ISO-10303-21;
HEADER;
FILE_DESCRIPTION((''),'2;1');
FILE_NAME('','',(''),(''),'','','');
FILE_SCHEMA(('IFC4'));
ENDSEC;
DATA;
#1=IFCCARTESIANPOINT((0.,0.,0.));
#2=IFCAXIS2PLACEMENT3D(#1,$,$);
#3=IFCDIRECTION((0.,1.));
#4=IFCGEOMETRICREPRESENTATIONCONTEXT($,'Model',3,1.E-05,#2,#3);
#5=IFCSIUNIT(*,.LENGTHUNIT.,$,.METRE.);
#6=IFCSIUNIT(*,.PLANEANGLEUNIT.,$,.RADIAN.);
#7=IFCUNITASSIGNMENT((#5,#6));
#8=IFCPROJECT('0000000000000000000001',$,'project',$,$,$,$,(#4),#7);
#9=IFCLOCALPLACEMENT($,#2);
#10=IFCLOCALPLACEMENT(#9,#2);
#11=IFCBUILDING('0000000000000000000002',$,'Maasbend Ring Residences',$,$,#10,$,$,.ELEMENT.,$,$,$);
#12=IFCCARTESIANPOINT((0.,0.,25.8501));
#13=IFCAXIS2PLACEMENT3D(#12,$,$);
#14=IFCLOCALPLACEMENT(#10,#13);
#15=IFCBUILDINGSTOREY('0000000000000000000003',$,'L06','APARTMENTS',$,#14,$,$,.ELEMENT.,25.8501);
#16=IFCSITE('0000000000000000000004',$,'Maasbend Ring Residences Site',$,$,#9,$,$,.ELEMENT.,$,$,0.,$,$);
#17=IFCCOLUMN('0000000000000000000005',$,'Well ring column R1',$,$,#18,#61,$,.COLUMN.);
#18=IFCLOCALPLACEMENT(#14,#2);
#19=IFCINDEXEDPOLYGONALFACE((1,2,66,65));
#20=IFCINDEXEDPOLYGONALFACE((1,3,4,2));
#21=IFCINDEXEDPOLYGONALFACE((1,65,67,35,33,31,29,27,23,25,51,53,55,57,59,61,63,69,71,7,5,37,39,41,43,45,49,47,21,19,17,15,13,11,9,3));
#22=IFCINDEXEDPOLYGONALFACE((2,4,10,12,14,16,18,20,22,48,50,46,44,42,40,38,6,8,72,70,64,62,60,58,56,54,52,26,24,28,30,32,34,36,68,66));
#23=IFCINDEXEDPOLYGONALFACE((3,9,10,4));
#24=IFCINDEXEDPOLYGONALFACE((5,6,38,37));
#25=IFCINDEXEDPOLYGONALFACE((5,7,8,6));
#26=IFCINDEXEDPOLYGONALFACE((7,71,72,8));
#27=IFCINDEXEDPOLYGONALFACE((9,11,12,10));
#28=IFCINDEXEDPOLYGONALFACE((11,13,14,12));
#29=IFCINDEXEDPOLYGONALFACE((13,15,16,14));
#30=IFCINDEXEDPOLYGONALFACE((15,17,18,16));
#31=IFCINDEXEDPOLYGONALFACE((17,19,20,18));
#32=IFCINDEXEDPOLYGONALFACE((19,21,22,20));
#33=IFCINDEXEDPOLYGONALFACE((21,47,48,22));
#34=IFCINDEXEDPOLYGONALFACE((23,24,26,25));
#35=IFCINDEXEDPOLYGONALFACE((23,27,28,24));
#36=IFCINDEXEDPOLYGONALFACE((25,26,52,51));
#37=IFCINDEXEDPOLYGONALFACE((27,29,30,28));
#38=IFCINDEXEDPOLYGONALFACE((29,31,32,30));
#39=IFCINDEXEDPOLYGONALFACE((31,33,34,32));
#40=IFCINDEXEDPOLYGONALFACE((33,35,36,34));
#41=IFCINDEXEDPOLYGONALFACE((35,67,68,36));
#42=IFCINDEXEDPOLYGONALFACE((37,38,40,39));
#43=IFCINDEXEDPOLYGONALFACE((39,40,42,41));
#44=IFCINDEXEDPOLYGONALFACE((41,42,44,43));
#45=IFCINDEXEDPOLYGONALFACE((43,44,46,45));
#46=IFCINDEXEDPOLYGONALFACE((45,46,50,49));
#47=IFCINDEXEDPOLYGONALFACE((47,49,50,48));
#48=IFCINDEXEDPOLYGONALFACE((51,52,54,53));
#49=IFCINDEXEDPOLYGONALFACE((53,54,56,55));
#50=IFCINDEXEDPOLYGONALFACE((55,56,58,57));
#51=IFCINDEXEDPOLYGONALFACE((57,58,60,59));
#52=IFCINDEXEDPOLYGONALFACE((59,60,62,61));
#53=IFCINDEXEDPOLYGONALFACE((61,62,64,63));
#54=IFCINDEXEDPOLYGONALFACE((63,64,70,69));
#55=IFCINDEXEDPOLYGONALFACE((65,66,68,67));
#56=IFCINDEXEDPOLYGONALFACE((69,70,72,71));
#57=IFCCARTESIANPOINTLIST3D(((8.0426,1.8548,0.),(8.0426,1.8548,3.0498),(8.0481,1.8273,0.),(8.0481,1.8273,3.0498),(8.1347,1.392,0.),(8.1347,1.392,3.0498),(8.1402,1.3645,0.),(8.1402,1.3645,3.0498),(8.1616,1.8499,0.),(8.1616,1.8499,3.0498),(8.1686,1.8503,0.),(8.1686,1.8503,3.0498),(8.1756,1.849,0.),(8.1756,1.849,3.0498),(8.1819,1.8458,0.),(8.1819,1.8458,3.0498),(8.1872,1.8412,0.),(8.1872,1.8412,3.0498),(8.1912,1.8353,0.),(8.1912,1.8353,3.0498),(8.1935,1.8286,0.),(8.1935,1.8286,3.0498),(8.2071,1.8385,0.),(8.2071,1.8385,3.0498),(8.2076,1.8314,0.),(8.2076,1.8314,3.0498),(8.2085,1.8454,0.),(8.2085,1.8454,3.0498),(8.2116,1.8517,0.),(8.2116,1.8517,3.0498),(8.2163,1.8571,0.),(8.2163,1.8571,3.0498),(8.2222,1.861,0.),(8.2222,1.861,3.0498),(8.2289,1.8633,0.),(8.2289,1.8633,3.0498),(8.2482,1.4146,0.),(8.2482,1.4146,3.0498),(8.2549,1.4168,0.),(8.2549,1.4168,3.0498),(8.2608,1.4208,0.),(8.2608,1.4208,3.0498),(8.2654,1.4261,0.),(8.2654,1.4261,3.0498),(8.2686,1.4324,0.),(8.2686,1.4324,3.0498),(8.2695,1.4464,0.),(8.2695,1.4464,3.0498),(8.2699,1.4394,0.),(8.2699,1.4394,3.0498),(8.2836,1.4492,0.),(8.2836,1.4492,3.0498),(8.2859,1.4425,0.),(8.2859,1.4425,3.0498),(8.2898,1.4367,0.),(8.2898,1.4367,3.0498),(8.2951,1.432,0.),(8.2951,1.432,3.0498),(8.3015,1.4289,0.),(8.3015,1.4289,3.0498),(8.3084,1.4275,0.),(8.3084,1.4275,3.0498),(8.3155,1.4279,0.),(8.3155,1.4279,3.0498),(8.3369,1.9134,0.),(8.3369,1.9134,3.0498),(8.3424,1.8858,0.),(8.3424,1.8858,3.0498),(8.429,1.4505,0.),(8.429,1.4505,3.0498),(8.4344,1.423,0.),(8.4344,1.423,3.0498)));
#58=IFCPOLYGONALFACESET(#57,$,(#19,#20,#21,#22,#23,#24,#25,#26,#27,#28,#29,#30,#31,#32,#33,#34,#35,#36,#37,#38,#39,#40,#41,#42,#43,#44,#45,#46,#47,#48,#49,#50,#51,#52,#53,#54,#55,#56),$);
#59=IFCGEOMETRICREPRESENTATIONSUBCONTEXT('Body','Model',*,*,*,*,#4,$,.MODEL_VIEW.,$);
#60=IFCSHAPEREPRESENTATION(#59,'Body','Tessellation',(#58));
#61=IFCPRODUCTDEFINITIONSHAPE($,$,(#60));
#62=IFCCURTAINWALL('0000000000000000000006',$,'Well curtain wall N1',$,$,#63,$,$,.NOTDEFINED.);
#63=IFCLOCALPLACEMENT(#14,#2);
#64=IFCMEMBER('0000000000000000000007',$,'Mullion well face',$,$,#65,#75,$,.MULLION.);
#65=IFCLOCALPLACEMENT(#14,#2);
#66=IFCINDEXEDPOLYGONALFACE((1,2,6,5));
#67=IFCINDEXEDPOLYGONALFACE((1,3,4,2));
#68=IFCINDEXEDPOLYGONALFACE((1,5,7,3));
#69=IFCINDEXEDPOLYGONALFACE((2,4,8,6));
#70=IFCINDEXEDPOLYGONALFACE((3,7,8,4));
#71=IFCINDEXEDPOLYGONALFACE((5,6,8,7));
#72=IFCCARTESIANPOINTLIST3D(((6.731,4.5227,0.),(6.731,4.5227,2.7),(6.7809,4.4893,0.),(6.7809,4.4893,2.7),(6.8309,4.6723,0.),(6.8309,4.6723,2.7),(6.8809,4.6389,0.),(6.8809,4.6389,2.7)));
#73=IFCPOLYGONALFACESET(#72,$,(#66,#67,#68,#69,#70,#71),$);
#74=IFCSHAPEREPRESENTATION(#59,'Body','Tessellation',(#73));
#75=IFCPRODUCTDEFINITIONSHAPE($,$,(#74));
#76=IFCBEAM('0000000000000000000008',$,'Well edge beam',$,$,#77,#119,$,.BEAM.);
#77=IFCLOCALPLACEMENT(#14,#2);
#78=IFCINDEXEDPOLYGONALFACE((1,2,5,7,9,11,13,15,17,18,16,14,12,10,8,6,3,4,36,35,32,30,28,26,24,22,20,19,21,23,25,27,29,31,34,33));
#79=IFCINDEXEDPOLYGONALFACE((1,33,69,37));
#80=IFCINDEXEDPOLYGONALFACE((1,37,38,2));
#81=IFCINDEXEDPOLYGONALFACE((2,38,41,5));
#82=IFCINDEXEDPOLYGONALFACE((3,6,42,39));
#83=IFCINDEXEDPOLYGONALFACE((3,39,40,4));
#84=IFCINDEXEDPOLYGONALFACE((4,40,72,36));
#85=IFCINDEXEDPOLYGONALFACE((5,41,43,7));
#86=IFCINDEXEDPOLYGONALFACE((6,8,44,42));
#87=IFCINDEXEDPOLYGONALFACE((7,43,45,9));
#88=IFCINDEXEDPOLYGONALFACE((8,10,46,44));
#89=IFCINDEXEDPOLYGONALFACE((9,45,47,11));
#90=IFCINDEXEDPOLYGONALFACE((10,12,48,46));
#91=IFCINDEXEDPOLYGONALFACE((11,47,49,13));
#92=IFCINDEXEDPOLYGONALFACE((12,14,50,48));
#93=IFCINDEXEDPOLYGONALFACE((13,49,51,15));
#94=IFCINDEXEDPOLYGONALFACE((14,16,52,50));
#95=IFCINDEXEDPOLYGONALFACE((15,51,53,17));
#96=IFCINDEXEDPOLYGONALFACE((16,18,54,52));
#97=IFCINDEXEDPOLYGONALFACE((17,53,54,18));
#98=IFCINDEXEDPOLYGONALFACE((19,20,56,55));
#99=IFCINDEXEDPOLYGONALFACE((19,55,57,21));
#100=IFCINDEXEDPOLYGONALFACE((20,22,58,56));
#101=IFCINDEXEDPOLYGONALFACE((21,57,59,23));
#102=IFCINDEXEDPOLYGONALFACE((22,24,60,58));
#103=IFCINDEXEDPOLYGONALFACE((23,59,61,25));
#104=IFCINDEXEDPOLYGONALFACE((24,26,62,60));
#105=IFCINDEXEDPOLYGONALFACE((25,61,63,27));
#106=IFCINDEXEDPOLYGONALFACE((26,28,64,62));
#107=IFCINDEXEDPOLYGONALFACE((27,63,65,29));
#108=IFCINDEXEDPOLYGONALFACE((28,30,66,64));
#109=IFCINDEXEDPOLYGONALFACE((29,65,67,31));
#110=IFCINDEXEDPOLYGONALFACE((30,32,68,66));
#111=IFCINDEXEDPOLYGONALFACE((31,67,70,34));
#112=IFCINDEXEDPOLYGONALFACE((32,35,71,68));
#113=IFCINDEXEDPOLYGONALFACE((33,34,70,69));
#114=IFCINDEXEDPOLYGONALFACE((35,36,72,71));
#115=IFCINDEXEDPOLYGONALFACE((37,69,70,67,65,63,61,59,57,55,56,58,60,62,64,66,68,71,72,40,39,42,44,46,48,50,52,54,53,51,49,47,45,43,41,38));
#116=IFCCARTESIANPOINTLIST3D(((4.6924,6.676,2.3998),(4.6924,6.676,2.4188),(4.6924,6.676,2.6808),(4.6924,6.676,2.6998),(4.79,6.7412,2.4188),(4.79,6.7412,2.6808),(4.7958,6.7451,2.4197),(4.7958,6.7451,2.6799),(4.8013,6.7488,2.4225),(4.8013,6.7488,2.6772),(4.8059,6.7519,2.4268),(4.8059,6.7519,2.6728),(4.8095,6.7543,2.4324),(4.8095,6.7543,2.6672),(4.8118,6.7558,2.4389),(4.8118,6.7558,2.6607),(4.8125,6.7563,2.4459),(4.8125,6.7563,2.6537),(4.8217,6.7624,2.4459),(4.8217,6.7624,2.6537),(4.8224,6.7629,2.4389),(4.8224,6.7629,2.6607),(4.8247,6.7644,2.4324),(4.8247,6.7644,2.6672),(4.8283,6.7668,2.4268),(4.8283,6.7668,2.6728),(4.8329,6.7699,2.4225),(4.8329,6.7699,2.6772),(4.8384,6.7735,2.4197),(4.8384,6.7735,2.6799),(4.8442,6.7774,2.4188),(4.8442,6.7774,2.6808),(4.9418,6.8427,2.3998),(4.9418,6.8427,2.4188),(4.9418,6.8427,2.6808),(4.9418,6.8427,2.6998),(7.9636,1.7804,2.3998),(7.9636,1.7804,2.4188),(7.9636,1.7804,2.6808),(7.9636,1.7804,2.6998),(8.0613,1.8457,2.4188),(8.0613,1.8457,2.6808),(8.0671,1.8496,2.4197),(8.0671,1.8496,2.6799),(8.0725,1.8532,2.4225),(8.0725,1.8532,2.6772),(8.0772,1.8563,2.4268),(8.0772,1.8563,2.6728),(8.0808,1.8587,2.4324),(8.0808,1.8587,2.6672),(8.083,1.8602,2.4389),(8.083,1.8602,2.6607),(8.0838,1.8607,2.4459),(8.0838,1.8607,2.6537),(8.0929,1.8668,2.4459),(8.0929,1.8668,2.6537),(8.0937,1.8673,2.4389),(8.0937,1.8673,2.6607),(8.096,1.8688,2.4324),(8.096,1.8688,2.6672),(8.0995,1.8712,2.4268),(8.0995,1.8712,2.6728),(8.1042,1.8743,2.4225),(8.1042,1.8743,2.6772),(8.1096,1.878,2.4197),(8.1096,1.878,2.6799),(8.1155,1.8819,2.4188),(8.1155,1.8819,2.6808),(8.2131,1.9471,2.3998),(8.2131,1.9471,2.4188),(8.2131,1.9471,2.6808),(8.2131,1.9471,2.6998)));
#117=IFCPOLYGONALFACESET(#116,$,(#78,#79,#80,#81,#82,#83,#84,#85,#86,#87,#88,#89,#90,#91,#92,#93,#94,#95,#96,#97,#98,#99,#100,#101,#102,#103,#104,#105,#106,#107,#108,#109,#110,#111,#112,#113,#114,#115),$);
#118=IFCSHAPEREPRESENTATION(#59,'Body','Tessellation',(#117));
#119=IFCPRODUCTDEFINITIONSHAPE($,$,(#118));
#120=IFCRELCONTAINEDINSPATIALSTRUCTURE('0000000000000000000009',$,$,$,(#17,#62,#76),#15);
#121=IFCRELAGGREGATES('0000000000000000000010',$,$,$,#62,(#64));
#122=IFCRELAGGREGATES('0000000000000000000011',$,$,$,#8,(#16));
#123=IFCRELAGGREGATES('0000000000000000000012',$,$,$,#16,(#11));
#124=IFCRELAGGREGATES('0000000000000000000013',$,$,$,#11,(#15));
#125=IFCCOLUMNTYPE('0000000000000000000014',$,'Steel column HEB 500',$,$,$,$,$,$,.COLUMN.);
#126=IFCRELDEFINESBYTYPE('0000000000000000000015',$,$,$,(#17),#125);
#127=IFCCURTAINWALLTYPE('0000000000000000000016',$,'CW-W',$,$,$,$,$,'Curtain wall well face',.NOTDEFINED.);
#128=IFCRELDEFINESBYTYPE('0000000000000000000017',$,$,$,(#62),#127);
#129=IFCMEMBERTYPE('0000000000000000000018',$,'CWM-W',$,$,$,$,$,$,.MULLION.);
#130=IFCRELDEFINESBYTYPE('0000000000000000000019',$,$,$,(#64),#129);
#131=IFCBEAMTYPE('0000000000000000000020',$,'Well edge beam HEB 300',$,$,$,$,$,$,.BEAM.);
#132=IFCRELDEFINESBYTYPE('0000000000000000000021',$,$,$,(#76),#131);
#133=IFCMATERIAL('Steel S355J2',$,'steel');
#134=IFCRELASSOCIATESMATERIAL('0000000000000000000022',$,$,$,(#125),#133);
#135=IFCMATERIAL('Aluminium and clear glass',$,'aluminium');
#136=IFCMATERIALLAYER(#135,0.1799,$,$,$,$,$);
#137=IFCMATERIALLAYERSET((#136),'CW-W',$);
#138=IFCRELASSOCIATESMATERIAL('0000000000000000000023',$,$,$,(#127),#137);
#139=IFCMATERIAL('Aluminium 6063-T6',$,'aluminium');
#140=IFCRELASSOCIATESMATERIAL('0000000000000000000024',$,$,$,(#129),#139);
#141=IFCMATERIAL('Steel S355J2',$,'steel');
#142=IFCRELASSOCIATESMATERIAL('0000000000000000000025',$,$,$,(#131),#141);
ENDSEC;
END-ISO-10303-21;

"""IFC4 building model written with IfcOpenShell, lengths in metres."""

from ifc_helpers import new_model, si_unit, direction, frame, origin, origin_2d, place, context, subcontext, project, spatial, rectangle, i_section, extrude, material, layer, layer_set, material_profile, profile_set, type_object, element, aggregate, save


model = new_model("IFC4")

# Units and contexts
model_context = context("Model", 3, precision=1e-05, world=origin(), true_north=direction((0.0, 1.0)))
body_context = subcontext(model_context, "Body", "Model", "MODEL_VIEW")
ifc_project = project(units=[si_unit("LENGTHUNIT", "METRE"), si_unit("PLANEANGLEUNIT", "RADIAN")], contexts=[model_context])

# Site, building, storey
site_placement = place(None, origin())
site = spatial("IfcSite", under=ifc_project, at=site_placement, Name="Maasbend Ring Residences Site", CompositionType="ELEMENT", RefElevation=0.0)
building_placement = place(site_placement, origin())
building = spatial("IfcBuilding", under=site, at=building_placement, Name="Maasbend Ring Residences", CompositionType="ELEMENT")
storey_placement = place(building_placement, frame((0.0, 0.0, 25.8501)))
storey = spatial("IfcBuildingStorey", under=building, at=storey_placement, Name="L06", Description="APARTMENTS", CompositionType="ELEMENT", Elevation=25.8501)

# Column
ifc_material_1 = material(Name="Steel S355J2", Category="steel")
ifc_material_profile_1 = material_profile(ifc_material_1, i_section(OverallWidth=0.3, OverallDepth=0.5, WebThickness=0.0144, FlangeThickness=0.0281, FilletRadius=0.0271, at=origin_2d()), Name="HEB 500")
ifc_profile_set_1 = profile_set([ifc_material_profile_1], Name="Steel S355J2")
column_type = type_object("IfcColumnType", Name="Steel column HEB 500", PredefinedType="COLUMN", material=ifc_profile_set_1)
column_placement = place(storey_placement, frame((8.2385, 1.6389, 0.0), z_axis=(0.0, 0.0, 1.0), x_axis=(0.980785, 0.19509, 0.0)))
element("IfcColumn", 1, at=column_placement, inside=storey, type_object=column_type, Name="Well ring column R1", PredefinedType="COLUMN", context=body_context, shape_type="SweptSolid", body=[
    extrude(i_section(OverallWidth=0.3, OverallDepth=0.5, WebThickness=0.0144, FlangeThickness=0.0281, FilletRadius=0.0271, at=origin_2d()), origin(), (0.0, 0.0, 1.0), 3.0498),
])

# Curtain wall, member
ifc_material_2 = material(Name="Aluminium and clear glass", Category="aluminium")
ifc_layer_1 = layer(ifc_material_2, 0.1799)
ifc_layer_set_1 = layer_set([ifc_layer_1], Name="CW-W")
curtain_wall_type = type_object("IfcCurtainWallType", Name="CW-W", ElementType="Curtain wall well face", PredefinedType="NOTDEFINED", material=ifc_layer_set_1)
curtain_wall_placement = place(storey_placement, origin())
curtain_wall = element("IfcCurtainWall", 2, at=curtain_wall_placement, inside=storey, type_object=curtain_wall_type, Name="Well curtain wall N1", PredefinedType="NOTDEFINED")
ifc_material_3 = material(Name="Aluminium 6063-T6", Category="aluminium")
ifc_material_profile_2 = material_profile(ifc_material_3, rectangle(XDim=0.1799, YDim=0.0601, at=origin_2d()), Name="AL 180x60")
ifc_profile_set_2 = profile_set([ifc_material_profile_2], Name="Aluminium 6063-T6")
member_type = type_object("IfcMemberType", Name="CWM-W", PredefinedType="MULLION", material=ifc_profile_set_2)
member_placement = place(storey_placement, frame((6.8059, 4.5808, 0.0), z_axis=(0.0, 0.0, 1.0), x_axis=(-0.55557, -0.83147, 0.0)))
member = element("IfcMember", 3, at=member_placement, type_object=member_type, Name="Mullion well face", PredefinedType="MULLION", context=body_context, shape_type="SweptSolid", body=[
    extrude(rectangle(XDim=0.1799, YDim=0.0601, at=origin_2d()), origin(), (0.0, 0.0, 1.0), 2.7),
])
aggregate(curtain_wall, [member])

# Beam
ifc_material_4 = material(Name="Steel S355J2", Category="steel")
ifc_material_profile_3 = material_profile(ifc_material_4, i_section(OverallWidth=0.3, OverallDepth=0.3, WebThickness=0.011, FlangeThickness=0.019, FilletRadius=0.0271, at=origin_2d()), Name="HEB 300")
ifc_profile_set_3 = profile_set([ifc_material_profile_3], Name="Steel S355J2")
beam_type = type_object("IfcBeamType", Name="Well edge beam HEB 300", PredefinedType="BEAM", material=ifc_profile_set_3)
beam_placement = place(storey_placement, frame((8.0884, 1.8638, 2.5498), z_axis=(-0.55559, 0.831457, 0.0), x_axis=(-0.831457, -0.55559, 0.0)))
element("IfcBeam", 4, at=beam_placement, inside=storey, type_object=beam_type, Name="Well edge beam", PredefinedType="BEAM", context=body_context, shape_type="SweptSolid", body=[
    extrude(i_section(OverallWidth=0.3, OverallDepth=0.3, WebThickness=0.011, FlangeThickness=0.019, FilletRadius=0.0271, at=origin_2d()), origin(), (0.0, 0.0, 1.0), 5.8879),
])

save(model, "model.ifc")
